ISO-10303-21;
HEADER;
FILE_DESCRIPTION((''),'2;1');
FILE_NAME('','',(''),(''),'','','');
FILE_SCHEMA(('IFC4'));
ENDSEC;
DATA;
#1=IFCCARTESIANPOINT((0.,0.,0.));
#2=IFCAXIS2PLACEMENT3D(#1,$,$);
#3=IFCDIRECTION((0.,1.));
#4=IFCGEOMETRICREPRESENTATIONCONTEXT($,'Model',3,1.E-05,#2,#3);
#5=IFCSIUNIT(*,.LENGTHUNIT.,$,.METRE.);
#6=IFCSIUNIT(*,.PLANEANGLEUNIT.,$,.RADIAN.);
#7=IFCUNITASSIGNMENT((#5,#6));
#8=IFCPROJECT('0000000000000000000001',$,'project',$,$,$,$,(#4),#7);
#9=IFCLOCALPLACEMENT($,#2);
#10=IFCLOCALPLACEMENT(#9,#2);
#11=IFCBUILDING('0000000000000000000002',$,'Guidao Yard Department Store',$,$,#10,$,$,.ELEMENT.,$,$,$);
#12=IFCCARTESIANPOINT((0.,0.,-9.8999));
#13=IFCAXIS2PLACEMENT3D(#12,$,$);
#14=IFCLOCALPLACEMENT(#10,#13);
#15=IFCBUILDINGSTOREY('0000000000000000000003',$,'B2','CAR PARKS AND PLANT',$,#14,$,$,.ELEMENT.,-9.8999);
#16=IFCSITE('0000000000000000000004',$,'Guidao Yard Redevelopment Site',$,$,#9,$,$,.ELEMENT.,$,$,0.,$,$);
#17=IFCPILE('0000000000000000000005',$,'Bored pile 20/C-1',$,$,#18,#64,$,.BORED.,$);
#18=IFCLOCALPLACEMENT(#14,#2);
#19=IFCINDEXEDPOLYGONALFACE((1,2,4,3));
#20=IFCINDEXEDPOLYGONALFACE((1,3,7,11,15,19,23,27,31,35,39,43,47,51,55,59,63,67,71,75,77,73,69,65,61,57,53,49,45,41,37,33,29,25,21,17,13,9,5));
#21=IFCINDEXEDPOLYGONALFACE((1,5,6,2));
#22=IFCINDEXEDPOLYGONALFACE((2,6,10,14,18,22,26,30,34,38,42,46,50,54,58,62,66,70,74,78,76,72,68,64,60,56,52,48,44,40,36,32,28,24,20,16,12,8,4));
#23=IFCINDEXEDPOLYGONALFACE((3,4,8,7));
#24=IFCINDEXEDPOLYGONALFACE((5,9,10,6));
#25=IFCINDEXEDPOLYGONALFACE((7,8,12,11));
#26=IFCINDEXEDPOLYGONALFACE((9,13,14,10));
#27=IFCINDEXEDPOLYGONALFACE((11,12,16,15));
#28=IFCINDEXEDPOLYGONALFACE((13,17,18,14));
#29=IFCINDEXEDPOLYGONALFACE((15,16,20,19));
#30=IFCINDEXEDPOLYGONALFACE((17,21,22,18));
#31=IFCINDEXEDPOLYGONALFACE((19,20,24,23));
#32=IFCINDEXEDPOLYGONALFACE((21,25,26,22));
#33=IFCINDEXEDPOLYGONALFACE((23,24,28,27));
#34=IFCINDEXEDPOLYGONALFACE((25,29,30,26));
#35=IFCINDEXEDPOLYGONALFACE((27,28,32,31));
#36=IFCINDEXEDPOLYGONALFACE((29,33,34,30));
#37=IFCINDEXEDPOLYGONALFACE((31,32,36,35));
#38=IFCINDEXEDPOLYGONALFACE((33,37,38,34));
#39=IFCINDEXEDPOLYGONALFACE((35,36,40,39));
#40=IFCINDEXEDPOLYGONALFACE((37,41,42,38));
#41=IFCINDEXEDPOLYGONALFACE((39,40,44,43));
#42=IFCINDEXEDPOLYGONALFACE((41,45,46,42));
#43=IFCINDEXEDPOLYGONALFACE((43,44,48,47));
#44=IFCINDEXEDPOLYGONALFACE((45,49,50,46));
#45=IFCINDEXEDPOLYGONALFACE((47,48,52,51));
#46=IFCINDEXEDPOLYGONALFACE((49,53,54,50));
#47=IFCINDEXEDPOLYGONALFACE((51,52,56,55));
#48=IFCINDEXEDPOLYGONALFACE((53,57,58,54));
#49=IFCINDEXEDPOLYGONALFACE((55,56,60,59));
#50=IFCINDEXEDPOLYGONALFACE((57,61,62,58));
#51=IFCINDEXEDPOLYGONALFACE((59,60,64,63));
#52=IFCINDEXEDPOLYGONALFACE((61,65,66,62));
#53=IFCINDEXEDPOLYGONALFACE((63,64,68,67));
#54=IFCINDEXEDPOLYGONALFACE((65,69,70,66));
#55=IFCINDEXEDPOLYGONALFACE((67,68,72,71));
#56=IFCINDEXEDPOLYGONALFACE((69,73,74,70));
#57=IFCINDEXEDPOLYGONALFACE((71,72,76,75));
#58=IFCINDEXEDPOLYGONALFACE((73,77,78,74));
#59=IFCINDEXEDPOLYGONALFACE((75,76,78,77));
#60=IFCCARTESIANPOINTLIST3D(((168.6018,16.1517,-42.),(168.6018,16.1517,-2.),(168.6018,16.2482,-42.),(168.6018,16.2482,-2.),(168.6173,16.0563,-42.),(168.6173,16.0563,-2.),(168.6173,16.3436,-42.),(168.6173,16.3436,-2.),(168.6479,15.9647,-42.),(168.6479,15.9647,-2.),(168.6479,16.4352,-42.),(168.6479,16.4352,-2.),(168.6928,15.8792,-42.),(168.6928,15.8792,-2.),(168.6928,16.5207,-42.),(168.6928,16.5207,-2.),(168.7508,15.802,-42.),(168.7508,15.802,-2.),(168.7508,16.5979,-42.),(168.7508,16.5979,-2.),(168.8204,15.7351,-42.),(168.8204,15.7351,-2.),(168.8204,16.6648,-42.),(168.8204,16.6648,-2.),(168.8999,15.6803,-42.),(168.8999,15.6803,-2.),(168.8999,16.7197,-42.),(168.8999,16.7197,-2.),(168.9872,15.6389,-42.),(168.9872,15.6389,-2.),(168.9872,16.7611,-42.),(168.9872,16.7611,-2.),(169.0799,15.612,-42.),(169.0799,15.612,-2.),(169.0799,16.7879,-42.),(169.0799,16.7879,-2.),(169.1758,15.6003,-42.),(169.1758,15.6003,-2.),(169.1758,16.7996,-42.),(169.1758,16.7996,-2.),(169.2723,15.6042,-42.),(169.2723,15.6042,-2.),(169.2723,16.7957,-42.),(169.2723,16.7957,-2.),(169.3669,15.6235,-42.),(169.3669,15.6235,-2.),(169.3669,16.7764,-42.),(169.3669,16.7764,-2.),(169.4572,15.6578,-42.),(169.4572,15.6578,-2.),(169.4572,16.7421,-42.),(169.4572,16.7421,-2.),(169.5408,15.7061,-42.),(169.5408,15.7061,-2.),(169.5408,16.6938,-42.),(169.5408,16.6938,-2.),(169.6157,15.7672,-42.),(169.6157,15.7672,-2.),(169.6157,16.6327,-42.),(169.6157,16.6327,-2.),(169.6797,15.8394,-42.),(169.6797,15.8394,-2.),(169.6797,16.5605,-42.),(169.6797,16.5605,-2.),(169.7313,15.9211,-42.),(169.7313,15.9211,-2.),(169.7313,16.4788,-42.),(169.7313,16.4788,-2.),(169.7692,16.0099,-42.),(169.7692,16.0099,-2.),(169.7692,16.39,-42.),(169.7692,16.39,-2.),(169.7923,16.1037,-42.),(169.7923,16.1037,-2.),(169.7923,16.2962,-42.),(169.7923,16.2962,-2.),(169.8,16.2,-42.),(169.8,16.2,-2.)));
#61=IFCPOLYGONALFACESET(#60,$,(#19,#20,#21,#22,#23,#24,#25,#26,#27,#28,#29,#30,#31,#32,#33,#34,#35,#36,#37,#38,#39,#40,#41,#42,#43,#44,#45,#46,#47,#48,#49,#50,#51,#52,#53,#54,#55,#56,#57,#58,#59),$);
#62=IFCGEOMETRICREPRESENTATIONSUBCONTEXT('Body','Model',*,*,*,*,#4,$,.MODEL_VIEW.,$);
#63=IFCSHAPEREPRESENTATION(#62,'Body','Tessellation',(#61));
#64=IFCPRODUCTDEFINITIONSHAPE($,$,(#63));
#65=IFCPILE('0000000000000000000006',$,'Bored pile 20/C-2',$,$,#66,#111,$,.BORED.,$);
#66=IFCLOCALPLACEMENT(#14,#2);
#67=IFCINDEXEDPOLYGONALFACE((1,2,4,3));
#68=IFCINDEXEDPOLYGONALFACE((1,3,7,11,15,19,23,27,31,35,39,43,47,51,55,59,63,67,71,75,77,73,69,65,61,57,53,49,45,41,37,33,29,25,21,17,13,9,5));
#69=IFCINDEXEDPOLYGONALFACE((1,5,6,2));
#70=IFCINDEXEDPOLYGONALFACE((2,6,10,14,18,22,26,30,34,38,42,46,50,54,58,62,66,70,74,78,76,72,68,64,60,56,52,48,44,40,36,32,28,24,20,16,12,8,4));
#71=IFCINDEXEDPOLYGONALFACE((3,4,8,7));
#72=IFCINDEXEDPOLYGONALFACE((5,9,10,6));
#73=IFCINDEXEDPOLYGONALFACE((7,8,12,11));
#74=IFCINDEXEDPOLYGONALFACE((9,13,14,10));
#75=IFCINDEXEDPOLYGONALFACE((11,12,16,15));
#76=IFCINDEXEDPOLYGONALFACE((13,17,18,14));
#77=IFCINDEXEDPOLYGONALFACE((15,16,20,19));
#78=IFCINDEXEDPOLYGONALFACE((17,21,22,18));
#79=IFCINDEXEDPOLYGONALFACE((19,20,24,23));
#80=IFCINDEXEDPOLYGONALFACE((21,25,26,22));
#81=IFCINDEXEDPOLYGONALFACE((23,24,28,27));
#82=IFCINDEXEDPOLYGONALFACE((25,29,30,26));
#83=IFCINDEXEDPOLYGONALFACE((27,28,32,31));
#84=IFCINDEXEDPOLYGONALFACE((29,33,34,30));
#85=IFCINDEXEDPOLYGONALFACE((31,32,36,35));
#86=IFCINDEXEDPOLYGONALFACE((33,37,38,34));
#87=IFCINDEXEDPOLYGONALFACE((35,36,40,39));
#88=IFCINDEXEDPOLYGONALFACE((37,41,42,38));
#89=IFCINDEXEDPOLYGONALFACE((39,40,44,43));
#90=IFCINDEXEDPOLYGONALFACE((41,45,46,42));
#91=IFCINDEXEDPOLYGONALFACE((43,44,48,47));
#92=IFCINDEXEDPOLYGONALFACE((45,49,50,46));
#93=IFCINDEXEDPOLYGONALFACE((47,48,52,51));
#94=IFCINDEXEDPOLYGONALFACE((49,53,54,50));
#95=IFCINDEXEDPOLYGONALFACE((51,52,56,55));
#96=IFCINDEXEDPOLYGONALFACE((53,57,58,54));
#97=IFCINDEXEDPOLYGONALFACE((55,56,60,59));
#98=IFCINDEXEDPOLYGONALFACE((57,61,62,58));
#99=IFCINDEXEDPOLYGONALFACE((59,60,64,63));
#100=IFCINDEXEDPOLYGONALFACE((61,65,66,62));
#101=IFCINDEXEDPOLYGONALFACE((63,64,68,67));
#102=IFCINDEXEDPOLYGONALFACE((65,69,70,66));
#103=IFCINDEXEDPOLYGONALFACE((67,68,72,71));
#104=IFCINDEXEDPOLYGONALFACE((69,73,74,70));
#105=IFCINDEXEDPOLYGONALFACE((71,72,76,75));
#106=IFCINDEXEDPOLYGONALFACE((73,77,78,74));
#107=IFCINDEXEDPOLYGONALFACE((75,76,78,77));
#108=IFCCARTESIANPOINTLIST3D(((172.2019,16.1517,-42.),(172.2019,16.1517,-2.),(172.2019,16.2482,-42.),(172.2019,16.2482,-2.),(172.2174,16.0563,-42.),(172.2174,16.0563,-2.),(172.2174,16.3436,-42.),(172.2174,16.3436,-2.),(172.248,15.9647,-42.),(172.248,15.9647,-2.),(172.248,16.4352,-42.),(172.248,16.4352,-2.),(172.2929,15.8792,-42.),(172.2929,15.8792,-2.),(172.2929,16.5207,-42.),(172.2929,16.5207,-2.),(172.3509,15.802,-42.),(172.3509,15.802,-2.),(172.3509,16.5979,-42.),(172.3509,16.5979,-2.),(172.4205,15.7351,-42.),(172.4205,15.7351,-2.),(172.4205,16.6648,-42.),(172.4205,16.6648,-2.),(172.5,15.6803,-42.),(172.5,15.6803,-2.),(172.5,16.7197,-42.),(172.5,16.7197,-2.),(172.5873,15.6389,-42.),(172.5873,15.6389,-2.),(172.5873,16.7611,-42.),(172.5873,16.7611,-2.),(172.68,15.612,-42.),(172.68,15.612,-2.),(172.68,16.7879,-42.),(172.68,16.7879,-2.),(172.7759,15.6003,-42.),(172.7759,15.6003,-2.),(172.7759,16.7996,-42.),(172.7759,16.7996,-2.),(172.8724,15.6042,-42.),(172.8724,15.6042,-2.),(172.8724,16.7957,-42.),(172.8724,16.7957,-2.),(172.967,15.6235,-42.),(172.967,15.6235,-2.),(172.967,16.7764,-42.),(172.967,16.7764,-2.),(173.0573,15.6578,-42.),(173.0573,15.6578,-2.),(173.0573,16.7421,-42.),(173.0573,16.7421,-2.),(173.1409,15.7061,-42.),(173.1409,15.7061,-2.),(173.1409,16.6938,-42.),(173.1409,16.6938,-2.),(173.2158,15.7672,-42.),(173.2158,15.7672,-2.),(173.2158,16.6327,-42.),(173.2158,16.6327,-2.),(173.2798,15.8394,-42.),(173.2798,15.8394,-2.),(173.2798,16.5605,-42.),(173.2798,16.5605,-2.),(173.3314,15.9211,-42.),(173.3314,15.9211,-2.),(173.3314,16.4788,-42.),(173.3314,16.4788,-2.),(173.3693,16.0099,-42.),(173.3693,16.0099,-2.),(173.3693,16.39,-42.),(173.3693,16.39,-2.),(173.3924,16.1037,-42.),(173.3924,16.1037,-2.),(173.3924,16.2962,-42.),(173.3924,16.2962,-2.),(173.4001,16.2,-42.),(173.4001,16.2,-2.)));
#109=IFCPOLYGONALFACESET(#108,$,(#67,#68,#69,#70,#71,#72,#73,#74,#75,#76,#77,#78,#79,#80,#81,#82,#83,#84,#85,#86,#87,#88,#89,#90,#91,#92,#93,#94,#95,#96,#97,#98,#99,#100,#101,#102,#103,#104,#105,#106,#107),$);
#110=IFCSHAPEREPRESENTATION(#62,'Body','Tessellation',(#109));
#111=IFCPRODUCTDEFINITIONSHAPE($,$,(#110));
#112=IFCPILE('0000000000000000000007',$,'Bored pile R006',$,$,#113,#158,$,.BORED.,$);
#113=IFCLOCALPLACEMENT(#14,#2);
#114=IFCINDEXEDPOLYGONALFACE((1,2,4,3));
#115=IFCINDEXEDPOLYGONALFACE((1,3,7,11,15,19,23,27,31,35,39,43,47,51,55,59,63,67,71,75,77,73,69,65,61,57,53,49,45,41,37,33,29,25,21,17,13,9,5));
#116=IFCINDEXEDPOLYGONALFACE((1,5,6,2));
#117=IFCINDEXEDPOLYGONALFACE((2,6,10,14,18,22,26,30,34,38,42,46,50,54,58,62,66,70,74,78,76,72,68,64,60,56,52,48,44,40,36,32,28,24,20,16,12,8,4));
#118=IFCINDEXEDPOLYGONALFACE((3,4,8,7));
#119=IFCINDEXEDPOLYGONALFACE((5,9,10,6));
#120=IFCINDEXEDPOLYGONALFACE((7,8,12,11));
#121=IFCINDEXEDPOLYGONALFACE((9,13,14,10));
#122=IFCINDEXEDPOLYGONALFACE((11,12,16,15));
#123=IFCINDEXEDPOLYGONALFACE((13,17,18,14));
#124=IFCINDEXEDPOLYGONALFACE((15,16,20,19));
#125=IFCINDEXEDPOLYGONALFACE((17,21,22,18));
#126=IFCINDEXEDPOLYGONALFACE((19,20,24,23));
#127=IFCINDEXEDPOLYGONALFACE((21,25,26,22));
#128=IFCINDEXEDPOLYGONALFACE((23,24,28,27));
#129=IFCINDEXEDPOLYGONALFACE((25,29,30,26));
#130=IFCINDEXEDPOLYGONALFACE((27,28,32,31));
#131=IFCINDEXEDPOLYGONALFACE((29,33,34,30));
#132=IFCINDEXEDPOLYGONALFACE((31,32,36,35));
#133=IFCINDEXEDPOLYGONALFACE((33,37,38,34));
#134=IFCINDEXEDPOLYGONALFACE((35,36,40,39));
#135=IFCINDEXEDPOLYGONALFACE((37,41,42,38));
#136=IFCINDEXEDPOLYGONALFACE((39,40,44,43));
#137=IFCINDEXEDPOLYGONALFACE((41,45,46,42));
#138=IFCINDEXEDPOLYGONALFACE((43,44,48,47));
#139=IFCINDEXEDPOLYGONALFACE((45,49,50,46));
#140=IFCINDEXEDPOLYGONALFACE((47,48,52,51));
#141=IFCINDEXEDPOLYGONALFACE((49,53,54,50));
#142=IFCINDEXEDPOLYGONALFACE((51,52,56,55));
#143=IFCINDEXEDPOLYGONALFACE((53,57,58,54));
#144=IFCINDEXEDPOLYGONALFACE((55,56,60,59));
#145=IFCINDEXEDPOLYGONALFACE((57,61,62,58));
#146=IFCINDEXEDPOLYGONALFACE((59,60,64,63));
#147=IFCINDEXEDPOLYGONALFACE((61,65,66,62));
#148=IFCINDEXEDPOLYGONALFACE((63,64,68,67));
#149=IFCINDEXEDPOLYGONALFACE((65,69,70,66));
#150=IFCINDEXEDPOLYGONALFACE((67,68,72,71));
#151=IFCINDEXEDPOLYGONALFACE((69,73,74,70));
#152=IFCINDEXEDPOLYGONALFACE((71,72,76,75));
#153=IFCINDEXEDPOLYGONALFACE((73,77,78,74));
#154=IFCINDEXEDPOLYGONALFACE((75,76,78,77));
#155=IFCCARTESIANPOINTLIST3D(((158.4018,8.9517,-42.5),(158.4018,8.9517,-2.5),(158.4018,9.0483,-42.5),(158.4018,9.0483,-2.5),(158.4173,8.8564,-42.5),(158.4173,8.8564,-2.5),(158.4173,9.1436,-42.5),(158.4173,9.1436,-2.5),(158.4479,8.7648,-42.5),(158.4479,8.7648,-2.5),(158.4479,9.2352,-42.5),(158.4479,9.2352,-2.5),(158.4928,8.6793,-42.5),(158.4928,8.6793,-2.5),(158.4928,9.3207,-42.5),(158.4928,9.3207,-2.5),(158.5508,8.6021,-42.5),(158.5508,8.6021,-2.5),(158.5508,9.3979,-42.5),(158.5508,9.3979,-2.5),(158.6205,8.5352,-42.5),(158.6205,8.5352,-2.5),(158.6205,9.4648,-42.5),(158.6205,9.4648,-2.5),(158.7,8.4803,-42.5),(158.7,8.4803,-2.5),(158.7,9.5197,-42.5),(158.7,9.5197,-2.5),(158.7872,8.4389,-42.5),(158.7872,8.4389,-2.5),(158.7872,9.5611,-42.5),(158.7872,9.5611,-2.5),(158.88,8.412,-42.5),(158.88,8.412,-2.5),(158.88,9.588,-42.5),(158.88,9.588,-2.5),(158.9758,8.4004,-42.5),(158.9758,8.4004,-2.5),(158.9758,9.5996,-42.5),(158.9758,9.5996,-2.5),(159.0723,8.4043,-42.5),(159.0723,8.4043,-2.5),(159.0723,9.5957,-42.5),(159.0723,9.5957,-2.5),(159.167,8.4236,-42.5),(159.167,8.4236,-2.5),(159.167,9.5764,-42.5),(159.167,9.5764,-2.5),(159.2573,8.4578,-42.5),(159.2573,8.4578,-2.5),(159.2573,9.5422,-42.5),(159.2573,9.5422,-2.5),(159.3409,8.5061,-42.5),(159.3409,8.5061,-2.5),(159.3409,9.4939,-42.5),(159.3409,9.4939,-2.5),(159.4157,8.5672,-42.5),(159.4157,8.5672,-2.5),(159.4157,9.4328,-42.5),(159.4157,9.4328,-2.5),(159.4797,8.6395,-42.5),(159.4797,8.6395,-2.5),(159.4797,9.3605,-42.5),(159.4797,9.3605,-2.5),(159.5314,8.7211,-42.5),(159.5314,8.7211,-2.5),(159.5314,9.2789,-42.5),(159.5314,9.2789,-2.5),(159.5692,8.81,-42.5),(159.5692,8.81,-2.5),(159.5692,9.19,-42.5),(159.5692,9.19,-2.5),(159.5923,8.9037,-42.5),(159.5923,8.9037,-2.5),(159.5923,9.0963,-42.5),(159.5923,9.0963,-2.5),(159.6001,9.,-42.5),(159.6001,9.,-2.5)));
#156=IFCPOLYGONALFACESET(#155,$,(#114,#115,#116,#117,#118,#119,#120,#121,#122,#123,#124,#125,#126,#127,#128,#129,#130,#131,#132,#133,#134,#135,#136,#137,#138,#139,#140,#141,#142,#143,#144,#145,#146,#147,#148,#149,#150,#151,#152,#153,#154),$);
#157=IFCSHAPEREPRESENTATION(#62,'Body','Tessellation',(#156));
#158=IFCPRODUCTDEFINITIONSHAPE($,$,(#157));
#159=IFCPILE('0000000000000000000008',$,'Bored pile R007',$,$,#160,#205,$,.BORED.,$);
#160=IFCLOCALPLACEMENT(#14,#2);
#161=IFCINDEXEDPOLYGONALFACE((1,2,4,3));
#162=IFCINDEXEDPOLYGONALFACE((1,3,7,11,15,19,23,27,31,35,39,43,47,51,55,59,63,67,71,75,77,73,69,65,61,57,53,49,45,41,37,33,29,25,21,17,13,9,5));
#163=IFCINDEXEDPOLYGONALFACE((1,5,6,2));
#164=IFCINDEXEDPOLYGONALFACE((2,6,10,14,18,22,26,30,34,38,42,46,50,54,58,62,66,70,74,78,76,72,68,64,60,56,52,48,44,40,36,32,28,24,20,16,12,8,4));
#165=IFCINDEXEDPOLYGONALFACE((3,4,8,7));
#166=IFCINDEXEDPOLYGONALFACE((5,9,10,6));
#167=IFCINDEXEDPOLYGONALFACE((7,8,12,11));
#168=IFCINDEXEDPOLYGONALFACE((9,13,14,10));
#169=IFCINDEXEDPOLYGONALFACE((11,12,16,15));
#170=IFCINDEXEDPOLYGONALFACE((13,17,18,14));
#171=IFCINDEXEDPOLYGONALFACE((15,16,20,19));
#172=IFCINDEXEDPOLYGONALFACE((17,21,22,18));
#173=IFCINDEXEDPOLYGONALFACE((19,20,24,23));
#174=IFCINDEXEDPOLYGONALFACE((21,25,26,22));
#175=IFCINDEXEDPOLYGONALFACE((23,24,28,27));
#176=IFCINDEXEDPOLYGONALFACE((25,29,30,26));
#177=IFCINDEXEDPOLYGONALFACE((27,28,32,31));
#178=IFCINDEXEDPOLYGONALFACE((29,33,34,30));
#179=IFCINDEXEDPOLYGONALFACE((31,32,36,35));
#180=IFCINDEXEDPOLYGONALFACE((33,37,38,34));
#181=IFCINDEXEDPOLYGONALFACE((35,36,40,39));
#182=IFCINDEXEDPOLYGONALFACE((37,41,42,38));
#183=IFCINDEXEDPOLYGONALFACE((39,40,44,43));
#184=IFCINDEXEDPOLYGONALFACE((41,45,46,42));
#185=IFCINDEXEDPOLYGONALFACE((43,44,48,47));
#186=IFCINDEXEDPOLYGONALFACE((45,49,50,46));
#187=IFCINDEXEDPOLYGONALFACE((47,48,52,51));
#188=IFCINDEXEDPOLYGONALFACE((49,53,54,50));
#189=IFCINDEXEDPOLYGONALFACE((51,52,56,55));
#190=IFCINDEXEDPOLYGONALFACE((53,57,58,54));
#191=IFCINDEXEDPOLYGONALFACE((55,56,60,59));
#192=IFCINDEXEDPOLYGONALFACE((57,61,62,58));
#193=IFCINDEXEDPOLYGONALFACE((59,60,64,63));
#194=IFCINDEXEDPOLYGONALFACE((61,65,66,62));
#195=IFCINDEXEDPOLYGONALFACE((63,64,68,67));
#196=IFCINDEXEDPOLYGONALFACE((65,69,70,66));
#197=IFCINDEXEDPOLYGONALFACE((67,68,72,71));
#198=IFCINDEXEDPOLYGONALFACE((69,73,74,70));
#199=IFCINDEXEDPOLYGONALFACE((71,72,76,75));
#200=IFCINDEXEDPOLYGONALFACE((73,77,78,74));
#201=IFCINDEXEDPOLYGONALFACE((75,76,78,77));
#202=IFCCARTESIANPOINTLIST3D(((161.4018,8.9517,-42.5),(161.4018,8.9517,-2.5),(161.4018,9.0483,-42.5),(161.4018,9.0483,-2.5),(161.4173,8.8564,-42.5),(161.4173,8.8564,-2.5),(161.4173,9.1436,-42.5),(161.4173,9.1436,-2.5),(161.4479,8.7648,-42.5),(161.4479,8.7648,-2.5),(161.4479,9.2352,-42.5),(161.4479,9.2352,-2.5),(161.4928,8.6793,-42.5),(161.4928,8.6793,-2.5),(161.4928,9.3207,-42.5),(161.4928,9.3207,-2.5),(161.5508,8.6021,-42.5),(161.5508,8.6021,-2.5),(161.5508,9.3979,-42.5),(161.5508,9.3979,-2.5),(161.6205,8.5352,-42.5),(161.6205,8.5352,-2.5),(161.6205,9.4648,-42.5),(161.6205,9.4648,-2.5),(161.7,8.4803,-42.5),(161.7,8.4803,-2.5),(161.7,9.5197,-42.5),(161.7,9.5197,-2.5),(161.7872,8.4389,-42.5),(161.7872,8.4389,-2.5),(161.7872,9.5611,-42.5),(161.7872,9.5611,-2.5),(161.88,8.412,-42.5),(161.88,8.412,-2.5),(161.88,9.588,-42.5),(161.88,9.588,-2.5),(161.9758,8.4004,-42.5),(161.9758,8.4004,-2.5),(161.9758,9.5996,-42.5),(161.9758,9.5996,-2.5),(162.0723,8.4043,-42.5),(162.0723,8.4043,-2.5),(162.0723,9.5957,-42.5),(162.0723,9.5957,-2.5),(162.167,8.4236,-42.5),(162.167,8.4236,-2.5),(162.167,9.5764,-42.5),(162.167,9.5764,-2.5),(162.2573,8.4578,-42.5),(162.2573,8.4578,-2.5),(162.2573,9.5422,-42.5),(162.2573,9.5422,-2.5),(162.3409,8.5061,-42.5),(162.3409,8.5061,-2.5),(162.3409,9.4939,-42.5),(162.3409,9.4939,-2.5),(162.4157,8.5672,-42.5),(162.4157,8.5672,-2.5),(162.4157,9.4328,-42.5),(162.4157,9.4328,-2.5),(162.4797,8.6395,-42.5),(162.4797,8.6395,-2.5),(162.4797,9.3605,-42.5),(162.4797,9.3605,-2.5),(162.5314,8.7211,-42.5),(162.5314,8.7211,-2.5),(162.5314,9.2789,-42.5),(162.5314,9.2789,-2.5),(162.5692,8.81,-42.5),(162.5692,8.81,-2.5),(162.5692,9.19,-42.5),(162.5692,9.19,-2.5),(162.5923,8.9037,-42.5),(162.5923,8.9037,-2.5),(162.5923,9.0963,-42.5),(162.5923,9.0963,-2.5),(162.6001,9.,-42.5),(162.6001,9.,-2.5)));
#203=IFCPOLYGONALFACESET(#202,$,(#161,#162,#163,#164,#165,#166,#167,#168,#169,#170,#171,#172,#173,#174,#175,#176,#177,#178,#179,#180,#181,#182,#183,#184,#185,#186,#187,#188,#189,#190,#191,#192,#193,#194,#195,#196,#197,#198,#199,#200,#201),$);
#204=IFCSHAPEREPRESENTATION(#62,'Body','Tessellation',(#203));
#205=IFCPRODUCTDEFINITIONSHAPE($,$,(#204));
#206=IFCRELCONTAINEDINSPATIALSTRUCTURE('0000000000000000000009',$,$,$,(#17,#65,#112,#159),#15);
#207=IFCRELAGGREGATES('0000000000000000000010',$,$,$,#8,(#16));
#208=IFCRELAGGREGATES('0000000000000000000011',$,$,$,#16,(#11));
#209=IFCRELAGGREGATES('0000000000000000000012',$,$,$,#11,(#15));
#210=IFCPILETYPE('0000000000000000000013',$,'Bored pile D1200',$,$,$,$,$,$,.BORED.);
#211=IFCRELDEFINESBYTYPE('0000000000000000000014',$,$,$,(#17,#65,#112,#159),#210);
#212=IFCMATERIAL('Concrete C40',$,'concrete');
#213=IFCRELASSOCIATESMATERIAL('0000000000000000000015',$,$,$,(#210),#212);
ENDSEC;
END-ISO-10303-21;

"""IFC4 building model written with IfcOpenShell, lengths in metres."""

from ifc_helpers import new_model, si_unit, direction, frame, origin, origin_2d, place, context, subcontext, project, spatial, circle, extrude, material, material_profile, profile_set, type_object, element, save


model = new_model("IFC4")

# Units and contexts
model_context = context("Model", 3, precision=1e-05, world=origin(), true_north=direction((0.0, 1.0)))
body_context = subcontext(model_context, "Body", "Model", "MODEL_VIEW")
ifc_project = project(units=[si_unit("LENGTHUNIT", "METRE"), si_unit("PLANEANGLEUNIT", "RADIAN")], contexts=[model_context])

# Site, building, storey
site_placement = place(None, origin())
site = spatial("IfcSite", under=ifc_project, at=site_placement, Name="Guidao Yard Redevelopment Site", CompositionType="ELEMENT", RefElevation=0.0)
building_placement = place(site_placement, origin())
building = spatial("IfcBuilding", under=site, at=building_placement, Name="Guidao Yard Department Store", CompositionType="ELEMENT")
storey_placement = place(building_placement, frame((0.0, 0.0, -9.8999)))
storey = spatial("IfcBuildingStorey", under=building, at=storey_placement, Name="B2", Description="CAR PARKS AND PLANT", CompositionType="ELEMENT", Elevation=-9.8999)

# Piles
ifc_material_1 = material(Name="Concrete C40", Category="concrete")
ifc_material_profile_1 = material_profile(ifc_material_1, circle(Radius=0.6001, at=origin_2d()), Name="Bored pile D1200")
ifc_profile_set_1 = profile_set([ifc_material_profile_1], Name="Concrete C40")
pile_type = type_object("IfcPileType", Name="Bored pile D1200", PredefinedType="BORED", material=ifc_profile_set_1)
for number, where, z_axis, x_axis, name in (
    (1, (169.2, 16.2, -2.0), (0.0, 0.0, -1.0), (1.0, 0.0, 0.0), "Bored pile 20/C-1"),
    (2, (172.8, 16.2, -2.0), (0.0, 0.0, -1.0), (1.0, 0.0, 0.0), "Bored pile 20/C-2"),
    (3, (159.0, 9.0, -2.5), (0.0, 0.0, -1.0), (1.0, 0.0, 0.0), "Bored pile R006"),
    (4, (162.0, 9.0, -2.5), (0.0, 0.0, -1.0), (1.0, 0.0, 0.0), "Bored pile R007"),
):
    element("IfcPile", number, at=place(storey_placement, frame(where, z_axis=z_axis, x_axis=x_axis)), inside=storey, type_object=pile_type, Name=name, PredefinedType="BORED", context=body_context, shape_type="SweptSolid", body=[
        extrude(circle(Radius=0.6001, at=origin_2d()), origin(), (0.0, 0.0, 1.0), 40.0),
    ])

save(model, "model.ifc")
